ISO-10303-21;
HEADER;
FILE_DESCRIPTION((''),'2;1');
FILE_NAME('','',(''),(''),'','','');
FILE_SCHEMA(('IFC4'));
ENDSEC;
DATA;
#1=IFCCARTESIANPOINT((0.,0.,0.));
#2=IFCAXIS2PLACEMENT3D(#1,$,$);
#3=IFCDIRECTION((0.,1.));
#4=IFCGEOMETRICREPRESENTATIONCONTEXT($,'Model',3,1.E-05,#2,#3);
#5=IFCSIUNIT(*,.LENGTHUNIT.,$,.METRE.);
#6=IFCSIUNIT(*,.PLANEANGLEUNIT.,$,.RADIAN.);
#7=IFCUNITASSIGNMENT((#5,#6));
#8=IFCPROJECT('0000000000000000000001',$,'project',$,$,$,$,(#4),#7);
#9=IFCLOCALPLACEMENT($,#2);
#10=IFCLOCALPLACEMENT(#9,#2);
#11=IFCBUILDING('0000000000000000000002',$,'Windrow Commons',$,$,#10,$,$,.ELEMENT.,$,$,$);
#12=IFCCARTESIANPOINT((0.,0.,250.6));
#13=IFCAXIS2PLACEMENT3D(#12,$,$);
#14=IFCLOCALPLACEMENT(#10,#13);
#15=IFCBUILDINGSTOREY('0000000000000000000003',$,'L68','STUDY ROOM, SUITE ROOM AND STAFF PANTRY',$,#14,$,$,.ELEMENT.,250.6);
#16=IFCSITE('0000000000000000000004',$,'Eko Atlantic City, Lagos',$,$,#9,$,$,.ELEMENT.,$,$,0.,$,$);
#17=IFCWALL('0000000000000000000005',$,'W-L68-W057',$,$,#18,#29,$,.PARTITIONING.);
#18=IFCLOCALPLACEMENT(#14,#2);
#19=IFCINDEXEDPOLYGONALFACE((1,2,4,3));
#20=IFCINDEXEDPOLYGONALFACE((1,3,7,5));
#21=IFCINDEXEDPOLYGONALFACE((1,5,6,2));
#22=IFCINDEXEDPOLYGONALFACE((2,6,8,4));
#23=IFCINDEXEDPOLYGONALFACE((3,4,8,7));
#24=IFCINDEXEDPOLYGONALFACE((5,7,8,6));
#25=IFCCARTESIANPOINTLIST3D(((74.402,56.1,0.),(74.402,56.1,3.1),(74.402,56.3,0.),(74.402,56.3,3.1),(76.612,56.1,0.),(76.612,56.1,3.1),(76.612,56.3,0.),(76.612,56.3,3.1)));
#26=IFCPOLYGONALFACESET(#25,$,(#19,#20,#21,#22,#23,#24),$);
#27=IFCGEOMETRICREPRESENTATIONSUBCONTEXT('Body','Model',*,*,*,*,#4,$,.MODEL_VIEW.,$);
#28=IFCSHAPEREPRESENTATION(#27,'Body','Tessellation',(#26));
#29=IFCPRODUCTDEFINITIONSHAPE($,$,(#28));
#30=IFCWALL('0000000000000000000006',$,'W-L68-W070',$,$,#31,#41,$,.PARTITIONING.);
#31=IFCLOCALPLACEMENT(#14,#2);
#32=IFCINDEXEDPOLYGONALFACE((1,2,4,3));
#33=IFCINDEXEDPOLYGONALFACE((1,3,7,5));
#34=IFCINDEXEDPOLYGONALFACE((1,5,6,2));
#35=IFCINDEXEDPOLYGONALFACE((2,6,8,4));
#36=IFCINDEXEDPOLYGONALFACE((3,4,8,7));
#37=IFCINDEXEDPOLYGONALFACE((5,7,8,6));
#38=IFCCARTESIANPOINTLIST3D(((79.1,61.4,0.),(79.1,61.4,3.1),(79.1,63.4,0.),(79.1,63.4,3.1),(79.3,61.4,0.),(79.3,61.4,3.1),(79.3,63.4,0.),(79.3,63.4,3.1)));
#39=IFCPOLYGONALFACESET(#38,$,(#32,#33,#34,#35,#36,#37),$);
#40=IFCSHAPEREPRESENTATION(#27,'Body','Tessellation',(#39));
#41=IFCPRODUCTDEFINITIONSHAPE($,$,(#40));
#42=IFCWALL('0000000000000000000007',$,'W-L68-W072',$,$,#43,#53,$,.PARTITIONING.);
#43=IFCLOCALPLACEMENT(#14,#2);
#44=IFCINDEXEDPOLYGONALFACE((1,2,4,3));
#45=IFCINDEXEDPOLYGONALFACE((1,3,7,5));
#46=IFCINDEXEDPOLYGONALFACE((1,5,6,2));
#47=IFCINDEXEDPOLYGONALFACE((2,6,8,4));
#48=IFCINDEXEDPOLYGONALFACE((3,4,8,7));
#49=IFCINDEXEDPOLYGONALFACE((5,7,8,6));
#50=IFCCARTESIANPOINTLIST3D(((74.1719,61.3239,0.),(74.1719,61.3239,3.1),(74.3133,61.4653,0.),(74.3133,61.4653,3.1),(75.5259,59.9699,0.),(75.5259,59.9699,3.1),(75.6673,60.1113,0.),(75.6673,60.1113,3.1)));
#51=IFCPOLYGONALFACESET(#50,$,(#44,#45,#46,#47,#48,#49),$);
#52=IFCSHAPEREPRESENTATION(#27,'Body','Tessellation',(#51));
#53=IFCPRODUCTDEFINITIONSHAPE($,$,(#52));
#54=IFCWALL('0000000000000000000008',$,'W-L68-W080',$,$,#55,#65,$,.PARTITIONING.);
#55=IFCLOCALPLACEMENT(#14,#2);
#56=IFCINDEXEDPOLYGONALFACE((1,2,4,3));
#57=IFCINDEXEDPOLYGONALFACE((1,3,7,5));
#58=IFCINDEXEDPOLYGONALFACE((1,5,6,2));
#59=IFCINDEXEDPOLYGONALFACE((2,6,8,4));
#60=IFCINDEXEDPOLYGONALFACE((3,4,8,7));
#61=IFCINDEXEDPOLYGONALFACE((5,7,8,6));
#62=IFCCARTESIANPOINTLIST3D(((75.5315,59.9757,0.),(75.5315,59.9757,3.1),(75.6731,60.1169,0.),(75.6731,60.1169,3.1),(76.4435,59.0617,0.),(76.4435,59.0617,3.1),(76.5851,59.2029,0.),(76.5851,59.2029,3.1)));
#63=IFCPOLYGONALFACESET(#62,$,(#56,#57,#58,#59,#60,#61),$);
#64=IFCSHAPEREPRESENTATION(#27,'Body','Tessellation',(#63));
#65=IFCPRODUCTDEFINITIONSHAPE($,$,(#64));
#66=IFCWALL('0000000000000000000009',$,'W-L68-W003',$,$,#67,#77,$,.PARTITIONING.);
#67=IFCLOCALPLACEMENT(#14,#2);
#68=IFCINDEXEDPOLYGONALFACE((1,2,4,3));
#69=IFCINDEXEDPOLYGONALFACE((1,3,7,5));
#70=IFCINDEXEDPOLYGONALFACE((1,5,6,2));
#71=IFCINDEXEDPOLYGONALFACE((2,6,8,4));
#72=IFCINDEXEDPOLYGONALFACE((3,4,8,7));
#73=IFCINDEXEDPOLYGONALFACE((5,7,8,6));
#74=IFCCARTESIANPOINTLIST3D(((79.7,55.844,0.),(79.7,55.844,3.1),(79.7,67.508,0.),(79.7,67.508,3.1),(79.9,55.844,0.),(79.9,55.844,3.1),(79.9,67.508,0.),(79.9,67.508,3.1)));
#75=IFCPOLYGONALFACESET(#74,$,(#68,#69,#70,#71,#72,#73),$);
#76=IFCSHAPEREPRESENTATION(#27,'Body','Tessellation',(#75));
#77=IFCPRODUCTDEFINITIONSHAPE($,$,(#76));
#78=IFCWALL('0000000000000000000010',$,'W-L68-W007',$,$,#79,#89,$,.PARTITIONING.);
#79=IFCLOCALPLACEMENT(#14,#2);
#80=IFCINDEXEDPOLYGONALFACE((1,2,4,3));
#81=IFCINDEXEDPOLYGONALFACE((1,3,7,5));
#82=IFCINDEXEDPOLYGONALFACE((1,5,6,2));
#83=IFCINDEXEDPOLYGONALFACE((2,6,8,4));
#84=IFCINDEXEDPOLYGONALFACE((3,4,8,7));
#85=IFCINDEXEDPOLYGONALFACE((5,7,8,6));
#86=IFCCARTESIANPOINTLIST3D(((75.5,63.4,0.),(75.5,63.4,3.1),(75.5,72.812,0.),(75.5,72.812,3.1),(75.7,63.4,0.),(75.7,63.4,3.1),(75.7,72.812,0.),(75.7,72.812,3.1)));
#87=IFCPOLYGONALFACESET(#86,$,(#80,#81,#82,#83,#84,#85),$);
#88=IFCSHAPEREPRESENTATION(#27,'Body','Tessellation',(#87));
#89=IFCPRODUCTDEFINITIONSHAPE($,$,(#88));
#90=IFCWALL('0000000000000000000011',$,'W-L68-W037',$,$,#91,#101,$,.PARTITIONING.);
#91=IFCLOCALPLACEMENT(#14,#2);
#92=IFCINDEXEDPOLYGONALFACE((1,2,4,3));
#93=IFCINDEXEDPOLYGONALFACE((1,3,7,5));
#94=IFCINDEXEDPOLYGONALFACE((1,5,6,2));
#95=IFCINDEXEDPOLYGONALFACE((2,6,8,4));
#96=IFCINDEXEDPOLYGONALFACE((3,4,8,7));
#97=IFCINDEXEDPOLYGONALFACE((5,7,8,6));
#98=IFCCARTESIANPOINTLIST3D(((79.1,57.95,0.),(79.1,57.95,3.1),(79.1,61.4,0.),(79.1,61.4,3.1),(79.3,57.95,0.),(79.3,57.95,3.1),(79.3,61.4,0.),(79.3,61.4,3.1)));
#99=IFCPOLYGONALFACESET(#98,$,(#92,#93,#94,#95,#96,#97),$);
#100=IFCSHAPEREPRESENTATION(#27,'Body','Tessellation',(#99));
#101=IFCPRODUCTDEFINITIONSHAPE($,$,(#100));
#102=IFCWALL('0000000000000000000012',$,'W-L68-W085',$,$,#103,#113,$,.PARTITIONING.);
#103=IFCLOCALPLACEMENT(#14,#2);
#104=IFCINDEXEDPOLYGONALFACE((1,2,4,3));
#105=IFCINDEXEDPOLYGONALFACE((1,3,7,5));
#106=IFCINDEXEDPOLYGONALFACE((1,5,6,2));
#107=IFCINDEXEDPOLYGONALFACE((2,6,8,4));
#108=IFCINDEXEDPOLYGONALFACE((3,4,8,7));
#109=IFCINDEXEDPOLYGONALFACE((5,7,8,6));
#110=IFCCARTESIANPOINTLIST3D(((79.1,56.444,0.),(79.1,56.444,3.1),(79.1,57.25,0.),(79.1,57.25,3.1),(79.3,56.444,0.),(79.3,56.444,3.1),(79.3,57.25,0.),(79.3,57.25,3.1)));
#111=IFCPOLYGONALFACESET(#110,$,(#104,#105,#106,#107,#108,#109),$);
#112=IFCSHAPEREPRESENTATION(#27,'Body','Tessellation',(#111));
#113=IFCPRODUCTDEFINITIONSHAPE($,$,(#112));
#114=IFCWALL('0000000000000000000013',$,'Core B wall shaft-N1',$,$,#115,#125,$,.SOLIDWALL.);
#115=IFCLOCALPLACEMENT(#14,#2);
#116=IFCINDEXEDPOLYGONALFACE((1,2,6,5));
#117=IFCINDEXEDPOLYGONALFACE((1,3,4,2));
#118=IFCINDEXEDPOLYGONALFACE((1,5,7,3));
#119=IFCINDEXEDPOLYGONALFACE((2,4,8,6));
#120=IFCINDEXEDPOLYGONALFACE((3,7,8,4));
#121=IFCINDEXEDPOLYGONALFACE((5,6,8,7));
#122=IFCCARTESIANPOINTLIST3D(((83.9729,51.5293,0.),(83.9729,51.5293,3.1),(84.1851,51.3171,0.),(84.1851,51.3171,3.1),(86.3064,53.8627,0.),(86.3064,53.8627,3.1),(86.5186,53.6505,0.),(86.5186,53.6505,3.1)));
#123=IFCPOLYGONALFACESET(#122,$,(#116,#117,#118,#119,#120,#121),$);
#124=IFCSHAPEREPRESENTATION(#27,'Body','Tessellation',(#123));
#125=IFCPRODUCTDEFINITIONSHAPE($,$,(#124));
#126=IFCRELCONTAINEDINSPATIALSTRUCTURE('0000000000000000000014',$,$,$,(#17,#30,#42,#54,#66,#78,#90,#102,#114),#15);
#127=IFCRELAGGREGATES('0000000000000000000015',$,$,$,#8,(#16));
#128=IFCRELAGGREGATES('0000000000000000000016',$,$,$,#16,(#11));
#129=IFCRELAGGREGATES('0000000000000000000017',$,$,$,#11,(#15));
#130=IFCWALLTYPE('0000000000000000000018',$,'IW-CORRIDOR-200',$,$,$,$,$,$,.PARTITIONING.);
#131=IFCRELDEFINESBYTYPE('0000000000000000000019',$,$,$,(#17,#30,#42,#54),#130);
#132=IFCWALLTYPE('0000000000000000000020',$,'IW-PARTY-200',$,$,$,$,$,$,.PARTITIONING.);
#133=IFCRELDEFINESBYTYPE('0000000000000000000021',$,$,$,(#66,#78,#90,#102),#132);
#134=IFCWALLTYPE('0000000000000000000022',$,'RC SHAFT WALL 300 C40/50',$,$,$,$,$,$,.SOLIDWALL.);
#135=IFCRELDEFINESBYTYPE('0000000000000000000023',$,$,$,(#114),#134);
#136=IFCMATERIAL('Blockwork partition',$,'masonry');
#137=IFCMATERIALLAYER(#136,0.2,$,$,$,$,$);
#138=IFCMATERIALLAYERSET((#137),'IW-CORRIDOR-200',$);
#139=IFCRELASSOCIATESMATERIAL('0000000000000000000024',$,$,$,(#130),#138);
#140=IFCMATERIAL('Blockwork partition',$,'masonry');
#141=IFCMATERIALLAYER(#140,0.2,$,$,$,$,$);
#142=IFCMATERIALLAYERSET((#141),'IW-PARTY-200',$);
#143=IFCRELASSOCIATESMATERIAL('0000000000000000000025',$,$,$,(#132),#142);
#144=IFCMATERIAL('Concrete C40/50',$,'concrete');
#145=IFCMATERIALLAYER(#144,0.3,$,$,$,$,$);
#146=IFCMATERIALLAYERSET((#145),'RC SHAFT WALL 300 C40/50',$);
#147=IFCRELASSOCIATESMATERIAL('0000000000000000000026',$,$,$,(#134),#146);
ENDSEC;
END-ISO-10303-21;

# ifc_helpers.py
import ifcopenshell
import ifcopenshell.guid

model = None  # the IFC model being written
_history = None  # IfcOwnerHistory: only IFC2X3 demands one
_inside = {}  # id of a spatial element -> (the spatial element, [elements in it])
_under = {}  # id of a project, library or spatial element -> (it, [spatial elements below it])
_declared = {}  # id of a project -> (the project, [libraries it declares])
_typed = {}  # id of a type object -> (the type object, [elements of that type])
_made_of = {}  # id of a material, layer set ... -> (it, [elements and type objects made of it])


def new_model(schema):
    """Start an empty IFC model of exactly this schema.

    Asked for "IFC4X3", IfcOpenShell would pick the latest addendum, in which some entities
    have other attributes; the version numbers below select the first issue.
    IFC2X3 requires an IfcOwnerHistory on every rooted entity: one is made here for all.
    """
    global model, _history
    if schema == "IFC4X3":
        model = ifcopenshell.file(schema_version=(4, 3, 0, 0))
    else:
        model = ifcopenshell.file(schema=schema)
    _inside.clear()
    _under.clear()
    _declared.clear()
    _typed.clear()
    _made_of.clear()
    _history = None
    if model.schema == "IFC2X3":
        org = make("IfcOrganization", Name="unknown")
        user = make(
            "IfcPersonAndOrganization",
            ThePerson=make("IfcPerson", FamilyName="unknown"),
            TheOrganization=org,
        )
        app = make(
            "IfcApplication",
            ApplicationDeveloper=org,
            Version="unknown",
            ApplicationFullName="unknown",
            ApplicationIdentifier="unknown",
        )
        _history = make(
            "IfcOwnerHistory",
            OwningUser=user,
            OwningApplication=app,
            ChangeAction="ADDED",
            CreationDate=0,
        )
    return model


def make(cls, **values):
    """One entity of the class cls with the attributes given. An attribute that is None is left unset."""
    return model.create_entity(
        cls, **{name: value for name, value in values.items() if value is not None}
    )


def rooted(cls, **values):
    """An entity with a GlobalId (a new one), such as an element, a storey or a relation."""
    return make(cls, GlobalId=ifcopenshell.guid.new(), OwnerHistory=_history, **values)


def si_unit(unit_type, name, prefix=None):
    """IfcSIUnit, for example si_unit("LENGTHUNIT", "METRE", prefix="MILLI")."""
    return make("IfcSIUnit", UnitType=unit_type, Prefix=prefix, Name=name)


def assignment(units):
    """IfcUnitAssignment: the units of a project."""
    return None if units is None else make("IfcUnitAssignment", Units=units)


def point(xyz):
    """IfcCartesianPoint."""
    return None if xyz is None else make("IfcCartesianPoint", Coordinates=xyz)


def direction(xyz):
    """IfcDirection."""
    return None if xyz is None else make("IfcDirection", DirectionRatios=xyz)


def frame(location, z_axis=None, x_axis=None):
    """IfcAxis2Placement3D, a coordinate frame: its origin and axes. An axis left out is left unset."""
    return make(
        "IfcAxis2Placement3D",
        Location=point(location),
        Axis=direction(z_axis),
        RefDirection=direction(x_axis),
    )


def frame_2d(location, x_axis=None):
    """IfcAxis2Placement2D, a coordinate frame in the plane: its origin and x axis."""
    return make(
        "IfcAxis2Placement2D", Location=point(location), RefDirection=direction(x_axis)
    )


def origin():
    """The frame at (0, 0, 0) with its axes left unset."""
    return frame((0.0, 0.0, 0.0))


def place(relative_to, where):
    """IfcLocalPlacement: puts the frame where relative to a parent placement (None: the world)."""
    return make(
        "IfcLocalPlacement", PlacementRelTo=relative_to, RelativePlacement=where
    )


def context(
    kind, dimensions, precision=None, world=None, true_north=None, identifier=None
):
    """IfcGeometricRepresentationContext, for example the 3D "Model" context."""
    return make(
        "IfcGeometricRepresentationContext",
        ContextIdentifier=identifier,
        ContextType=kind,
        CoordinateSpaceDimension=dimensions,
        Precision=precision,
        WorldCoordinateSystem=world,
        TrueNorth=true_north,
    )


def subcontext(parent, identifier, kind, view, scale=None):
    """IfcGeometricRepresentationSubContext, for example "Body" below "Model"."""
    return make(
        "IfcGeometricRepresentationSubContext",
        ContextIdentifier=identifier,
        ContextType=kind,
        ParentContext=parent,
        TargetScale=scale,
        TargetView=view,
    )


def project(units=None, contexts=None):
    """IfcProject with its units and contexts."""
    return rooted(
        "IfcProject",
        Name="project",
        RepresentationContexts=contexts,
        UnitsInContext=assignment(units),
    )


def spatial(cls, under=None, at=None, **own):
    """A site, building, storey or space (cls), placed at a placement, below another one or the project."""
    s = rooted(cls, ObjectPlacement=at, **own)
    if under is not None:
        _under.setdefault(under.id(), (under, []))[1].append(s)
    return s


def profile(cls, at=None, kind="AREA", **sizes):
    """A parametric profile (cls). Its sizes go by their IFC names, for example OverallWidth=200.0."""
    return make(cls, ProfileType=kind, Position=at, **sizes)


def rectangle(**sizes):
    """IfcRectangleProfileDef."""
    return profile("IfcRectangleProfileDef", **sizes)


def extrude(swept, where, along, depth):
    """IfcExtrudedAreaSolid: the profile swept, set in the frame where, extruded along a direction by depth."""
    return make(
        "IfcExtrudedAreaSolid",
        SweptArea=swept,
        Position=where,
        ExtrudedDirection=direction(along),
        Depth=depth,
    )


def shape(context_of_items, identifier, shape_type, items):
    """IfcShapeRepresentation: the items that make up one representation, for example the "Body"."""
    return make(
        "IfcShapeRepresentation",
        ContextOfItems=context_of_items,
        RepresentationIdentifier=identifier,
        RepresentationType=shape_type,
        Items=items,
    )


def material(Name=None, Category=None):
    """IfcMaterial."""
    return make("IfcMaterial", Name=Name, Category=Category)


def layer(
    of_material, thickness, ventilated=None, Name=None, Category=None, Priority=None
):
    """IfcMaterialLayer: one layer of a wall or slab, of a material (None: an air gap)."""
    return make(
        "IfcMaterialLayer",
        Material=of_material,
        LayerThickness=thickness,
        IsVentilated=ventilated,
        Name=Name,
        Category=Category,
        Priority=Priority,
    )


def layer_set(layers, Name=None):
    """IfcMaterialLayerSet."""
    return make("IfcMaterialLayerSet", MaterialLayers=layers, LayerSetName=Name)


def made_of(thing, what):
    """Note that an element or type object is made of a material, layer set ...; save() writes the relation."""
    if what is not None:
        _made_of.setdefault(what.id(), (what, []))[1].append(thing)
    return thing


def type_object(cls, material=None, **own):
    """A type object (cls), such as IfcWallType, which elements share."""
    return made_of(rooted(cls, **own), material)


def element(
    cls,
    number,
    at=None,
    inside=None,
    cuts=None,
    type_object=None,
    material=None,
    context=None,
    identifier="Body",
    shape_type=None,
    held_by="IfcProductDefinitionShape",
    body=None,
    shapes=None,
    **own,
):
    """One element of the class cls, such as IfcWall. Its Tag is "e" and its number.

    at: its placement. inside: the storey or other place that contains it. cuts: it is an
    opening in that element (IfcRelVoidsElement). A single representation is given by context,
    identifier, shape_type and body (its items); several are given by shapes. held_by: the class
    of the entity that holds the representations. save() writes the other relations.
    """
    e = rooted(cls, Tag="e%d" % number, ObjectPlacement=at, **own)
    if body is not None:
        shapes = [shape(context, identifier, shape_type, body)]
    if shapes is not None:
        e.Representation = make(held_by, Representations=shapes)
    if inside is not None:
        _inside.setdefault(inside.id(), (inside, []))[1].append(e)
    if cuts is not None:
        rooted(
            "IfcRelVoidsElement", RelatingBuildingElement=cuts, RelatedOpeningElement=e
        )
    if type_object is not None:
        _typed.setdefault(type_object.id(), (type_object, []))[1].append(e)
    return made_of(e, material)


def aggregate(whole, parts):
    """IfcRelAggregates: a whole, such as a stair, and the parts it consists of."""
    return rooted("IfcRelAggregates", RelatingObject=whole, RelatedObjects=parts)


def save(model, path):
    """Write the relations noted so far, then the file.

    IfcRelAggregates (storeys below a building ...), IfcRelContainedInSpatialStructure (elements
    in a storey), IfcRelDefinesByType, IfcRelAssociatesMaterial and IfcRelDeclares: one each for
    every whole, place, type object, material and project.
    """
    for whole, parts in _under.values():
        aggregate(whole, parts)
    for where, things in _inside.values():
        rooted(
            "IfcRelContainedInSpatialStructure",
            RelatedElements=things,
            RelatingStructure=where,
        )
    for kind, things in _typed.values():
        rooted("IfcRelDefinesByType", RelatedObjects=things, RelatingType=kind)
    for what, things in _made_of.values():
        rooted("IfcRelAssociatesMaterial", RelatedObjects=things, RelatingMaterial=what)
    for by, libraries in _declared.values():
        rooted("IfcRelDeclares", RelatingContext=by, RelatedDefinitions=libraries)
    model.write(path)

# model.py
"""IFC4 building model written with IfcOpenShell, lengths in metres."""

from ifc_helpers import new_model, si_unit, direction, frame, frame_2d, origin, place, context, subcontext, project, spatial, rectangle, extrude, material, layer, layer_set, type_object, element, save


model = new_model("IFC4")

# Units and contexts
model_context = context("Model", 3, precision=1e-05, world=origin(), true_north=direction((0.0, 1.0)))
body_context = subcontext(model_context, "Body", "Model", "MODEL_VIEW")
ifc_project = project(units=[si_unit("LENGTHUNIT", "METRE"), si_unit("PLANEANGLEUNIT", "RADIAN")], contexts=[model_context])

# Site, building, storey
site_placement = place(None, origin())
site = spatial("IfcSite", under=ifc_project, at=site_placement, Name="Eko Atlantic City, Lagos", CompositionType="ELEMENT", RefElevation=0.0)
building_placement = place(site_placement, origin())
building = spatial("IfcBuilding", under=site, at=building_placement, Name="Windrow Commons", CompositionType="ELEMENT")
storey_placement = place(building_placement, frame((0.0, 0.0, 250.6)))
storey = spatial("IfcBuildingStorey", under=building, at=storey_placement, Name="L68", Description="STUDY ROOM, SUITE ROOM AND STAFF PANTRY", CompositionType="ELEMENT", Elevation=250.6)

# Shared definitions
ifc_material_1 = material(Name="Blockwork partition", Category="masonry")
ifc_layer_1 = layer(ifc_material_1, 0.2)
ifc_layer_set_1 = layer_set([ifc_layer_1], Name="IW-CORRIDOR-200")
wall_type_1 = type_object("IfcWallType", Name="IW-CORRIDOR-200", PredefinedType="PARTITIONING", material=ifc_layer_set_1)

# Walls
for number, where, z_axis, x_axis, name in (
    (1, (74.402, 56.2, 0.0), (0.0, 0.0, 1.0), (1.0, 0.0, 0.0), "W-L68-W057"),
):
    element("IfcWall", number, at=place(storey_placement, frame(where, z_axis=z_axis, x_axis=x_axis)), inside=storey, type_object=wall_type_1, Name=name, PredefinedType="PARTITIONING", context=body_context, shape_type="SweptSolid", body=[
        extrude(rectangle(XDim=2.21, YDim=0.2, at=frame_2d((1.105, 0.0))), origin(), (0.0, 0.0, 1.0), 3.1),
    ])
wall_1_placement = place(storey_placement, frame((79.2, 61.4, 0.0), z_axis=(0.0, 0.0, 1.0), x_axis=(0.0, 1.0, 0.0)))
element("IfcWall", 2, at=wall_1_placement, inside=storey, type_object=wall_type_1, Name="W-L68-W070", PredefinedType="PARTITIONING", context=body_context, shape_type="SweptSolid", body=[
    extrude(rectangle(XDim=2.0, YDim=0.2, at=frame_2d((1.0, 0.0))), origin(), (0.0, 0.0, 1.0), 3.1),
])
wall_2_placement = place(storey_placement, frame((74.2426, 61.3946, 0.0), z_axis=(0.0, 0.0, 1.0), x_axis=(0.707107, -0.707107, 0.0)))
element("IfcWall", 3, at=wall_2_placement, inside=storey, type_object=wall_type_1, Name="W-L68-W072", PredefinedType="PARTITIONING", context=body_context, shape_type="SweptSolid", body=[
    extrude(rectangle(XDim=1.9148, YDim=0.2, at=frame_2d((0.9574, 0.0))), origin(), (0.0, 0.0, 1.0), 3.1),
])
wall_3_placement = place(storey_placement, frame((75.6023, 60.0463, 0.0), z_axis=(0.0, 0.0, 1.0), x_axis=(0.706332, -0.707881, 0.0)))
element("IfcWall", 4, at=wall_3_placement, inside=storey, type_object=wall_type_1, Name="W-L68-W080", PredefinedType="PARTITIONING", context=body_context, shape_type="SweptSolid", body=[
    extrude(rectangle(XDim=1.2912, YDim=0.2, at=frame_2d((0.6456, 0.0))), origin(), (0.0, 0.0, 1.0), 3.1),
])
ifc_material_2 = material(Name="Blockwork partition", Category="masonry")
ifc_layer_2 = layer(ifc_material_2, 0.2)
ifc_layer_set_2 = layer_set([ifc_layer_2], Name="IW-PARTY-200")
wall_type_2 = type_object("IfcWallType", Name="IW-PARTY-200", PredefinedType="PARTITIONING", material=ifc_layer_set_2)
wall_4_placement = place(storey_placement, frame((79.8, 55.844, 0.0), z_axis=(0.0, 0.0, 1.0), x_axis=(0.0, 1.0, 0.0)))
element("IfcWall", 5, at=wall_4_placement, inside=storey, type_object=wall_type_2, Name="W-L68-W003", PredefinedType="PARTITIONING", context=body_context, shape_type="SweptSolid", body=[
    extrude(rectangle(XDim=11.664, YDim=0.2, at=frame_2d((5.832, 0.0))), origin(), (0.0, 0.0, 1.0), 3.1),
])
wall_5_placement = place(storey_placement, frame((75.6, 63.4, 0.0), z_axis=(0.0, 0.0, 1.0), x_axis=(0.0, 1.0, 0.0)))
element("IfcWall", 6, at=wall_5_placement, inside=storey, type_object=wall_type_2, Name="W-L68-W007", PredefinedType="PARTITIONING", context=body_context, shape_type="SweptSolid", body=[
    extrude(rectangle(XDim=9.412, YDim=0.2, at=frame_2d((4.706, 0.0))), origin(), (0.0, 0.0, 1.0), 3.1),
])
wall_6_placement = place(storey_placement, frame((79.2, 57.95, 0.0), z_axis=(0.0, 0.0, 1.0), x_axis=(0.0, 1.0, 0.0)))
element("IfcWall", 7, at=wall_6_placement, inside=storey, type_object=wall_type_2, Name="W-L68-W037", PredefinedType="PARTITIONING", context=body_context, shape_type="SweptSolid", body=[
    extrude(rectangle(XDim=3.45, YDim=0.2, at=frame_2d((1.725, 0.0))), origin(), (0.0, 0.0, 1.0), 3.1),
])
wall_7_placement = place(storey_placement, frame((79.2, 56.444, 0.0), z_axis=(0.0, 0.0, 1.0), x_axis=(0.0, 1.0, 0.0)))
element("IfcWall", 8, at=wall_7_placement, inside=storey, type_object=wall_type_2, Name="W-L68-W085", PredefinedType="PARTITIONING", context=body_context, shape_type="SweptSolid", body=[
    extrude(rectangle(XDim=0.806, YDim=0.2, at=frame_2d((0.403, 0.0))), origin(), (0.0, 0.0, 1.0), 3.1),
])
ifc_material_3 = material(Name="Concrete C40/50", Category="concrete")
ifc_layer_3 = layer(ifc_material_3, 0.3)
ifc_layer_set_3 = layer_set([ifc_layer_3], Name="RC SHAFT WALL 300 C40/50")
wall_type_3 = type_object("IfcWallType", Name="RC SHAFT WALL 300 C40/50", PredefinedType="SOLIDWALL", material=ifc_layer_set_3)
wall_8_placement = place(storey_placement, frame((84.079, 51.4232, 0.0), z_axis=(0.0, 0.0, 1.0), x_axis=(0.707122, 0.707092, 0.0)))
element("IfcWall", 9, at=wall_8_placement, inside=storey, type_object=wall_type_3, Name="Core B wall shaft-N1", PredefinedType="SOLIDWALL", context=body_context, shape_type="SweptSolid", body=[
    extrude(rectangle(XDim=3.3, YDim=0.3, at=frame_2d((1.65, 0.0))), origin(), (0.0, 0.0, 1.0), 3.1),
])

save(model, "model.ifc")
